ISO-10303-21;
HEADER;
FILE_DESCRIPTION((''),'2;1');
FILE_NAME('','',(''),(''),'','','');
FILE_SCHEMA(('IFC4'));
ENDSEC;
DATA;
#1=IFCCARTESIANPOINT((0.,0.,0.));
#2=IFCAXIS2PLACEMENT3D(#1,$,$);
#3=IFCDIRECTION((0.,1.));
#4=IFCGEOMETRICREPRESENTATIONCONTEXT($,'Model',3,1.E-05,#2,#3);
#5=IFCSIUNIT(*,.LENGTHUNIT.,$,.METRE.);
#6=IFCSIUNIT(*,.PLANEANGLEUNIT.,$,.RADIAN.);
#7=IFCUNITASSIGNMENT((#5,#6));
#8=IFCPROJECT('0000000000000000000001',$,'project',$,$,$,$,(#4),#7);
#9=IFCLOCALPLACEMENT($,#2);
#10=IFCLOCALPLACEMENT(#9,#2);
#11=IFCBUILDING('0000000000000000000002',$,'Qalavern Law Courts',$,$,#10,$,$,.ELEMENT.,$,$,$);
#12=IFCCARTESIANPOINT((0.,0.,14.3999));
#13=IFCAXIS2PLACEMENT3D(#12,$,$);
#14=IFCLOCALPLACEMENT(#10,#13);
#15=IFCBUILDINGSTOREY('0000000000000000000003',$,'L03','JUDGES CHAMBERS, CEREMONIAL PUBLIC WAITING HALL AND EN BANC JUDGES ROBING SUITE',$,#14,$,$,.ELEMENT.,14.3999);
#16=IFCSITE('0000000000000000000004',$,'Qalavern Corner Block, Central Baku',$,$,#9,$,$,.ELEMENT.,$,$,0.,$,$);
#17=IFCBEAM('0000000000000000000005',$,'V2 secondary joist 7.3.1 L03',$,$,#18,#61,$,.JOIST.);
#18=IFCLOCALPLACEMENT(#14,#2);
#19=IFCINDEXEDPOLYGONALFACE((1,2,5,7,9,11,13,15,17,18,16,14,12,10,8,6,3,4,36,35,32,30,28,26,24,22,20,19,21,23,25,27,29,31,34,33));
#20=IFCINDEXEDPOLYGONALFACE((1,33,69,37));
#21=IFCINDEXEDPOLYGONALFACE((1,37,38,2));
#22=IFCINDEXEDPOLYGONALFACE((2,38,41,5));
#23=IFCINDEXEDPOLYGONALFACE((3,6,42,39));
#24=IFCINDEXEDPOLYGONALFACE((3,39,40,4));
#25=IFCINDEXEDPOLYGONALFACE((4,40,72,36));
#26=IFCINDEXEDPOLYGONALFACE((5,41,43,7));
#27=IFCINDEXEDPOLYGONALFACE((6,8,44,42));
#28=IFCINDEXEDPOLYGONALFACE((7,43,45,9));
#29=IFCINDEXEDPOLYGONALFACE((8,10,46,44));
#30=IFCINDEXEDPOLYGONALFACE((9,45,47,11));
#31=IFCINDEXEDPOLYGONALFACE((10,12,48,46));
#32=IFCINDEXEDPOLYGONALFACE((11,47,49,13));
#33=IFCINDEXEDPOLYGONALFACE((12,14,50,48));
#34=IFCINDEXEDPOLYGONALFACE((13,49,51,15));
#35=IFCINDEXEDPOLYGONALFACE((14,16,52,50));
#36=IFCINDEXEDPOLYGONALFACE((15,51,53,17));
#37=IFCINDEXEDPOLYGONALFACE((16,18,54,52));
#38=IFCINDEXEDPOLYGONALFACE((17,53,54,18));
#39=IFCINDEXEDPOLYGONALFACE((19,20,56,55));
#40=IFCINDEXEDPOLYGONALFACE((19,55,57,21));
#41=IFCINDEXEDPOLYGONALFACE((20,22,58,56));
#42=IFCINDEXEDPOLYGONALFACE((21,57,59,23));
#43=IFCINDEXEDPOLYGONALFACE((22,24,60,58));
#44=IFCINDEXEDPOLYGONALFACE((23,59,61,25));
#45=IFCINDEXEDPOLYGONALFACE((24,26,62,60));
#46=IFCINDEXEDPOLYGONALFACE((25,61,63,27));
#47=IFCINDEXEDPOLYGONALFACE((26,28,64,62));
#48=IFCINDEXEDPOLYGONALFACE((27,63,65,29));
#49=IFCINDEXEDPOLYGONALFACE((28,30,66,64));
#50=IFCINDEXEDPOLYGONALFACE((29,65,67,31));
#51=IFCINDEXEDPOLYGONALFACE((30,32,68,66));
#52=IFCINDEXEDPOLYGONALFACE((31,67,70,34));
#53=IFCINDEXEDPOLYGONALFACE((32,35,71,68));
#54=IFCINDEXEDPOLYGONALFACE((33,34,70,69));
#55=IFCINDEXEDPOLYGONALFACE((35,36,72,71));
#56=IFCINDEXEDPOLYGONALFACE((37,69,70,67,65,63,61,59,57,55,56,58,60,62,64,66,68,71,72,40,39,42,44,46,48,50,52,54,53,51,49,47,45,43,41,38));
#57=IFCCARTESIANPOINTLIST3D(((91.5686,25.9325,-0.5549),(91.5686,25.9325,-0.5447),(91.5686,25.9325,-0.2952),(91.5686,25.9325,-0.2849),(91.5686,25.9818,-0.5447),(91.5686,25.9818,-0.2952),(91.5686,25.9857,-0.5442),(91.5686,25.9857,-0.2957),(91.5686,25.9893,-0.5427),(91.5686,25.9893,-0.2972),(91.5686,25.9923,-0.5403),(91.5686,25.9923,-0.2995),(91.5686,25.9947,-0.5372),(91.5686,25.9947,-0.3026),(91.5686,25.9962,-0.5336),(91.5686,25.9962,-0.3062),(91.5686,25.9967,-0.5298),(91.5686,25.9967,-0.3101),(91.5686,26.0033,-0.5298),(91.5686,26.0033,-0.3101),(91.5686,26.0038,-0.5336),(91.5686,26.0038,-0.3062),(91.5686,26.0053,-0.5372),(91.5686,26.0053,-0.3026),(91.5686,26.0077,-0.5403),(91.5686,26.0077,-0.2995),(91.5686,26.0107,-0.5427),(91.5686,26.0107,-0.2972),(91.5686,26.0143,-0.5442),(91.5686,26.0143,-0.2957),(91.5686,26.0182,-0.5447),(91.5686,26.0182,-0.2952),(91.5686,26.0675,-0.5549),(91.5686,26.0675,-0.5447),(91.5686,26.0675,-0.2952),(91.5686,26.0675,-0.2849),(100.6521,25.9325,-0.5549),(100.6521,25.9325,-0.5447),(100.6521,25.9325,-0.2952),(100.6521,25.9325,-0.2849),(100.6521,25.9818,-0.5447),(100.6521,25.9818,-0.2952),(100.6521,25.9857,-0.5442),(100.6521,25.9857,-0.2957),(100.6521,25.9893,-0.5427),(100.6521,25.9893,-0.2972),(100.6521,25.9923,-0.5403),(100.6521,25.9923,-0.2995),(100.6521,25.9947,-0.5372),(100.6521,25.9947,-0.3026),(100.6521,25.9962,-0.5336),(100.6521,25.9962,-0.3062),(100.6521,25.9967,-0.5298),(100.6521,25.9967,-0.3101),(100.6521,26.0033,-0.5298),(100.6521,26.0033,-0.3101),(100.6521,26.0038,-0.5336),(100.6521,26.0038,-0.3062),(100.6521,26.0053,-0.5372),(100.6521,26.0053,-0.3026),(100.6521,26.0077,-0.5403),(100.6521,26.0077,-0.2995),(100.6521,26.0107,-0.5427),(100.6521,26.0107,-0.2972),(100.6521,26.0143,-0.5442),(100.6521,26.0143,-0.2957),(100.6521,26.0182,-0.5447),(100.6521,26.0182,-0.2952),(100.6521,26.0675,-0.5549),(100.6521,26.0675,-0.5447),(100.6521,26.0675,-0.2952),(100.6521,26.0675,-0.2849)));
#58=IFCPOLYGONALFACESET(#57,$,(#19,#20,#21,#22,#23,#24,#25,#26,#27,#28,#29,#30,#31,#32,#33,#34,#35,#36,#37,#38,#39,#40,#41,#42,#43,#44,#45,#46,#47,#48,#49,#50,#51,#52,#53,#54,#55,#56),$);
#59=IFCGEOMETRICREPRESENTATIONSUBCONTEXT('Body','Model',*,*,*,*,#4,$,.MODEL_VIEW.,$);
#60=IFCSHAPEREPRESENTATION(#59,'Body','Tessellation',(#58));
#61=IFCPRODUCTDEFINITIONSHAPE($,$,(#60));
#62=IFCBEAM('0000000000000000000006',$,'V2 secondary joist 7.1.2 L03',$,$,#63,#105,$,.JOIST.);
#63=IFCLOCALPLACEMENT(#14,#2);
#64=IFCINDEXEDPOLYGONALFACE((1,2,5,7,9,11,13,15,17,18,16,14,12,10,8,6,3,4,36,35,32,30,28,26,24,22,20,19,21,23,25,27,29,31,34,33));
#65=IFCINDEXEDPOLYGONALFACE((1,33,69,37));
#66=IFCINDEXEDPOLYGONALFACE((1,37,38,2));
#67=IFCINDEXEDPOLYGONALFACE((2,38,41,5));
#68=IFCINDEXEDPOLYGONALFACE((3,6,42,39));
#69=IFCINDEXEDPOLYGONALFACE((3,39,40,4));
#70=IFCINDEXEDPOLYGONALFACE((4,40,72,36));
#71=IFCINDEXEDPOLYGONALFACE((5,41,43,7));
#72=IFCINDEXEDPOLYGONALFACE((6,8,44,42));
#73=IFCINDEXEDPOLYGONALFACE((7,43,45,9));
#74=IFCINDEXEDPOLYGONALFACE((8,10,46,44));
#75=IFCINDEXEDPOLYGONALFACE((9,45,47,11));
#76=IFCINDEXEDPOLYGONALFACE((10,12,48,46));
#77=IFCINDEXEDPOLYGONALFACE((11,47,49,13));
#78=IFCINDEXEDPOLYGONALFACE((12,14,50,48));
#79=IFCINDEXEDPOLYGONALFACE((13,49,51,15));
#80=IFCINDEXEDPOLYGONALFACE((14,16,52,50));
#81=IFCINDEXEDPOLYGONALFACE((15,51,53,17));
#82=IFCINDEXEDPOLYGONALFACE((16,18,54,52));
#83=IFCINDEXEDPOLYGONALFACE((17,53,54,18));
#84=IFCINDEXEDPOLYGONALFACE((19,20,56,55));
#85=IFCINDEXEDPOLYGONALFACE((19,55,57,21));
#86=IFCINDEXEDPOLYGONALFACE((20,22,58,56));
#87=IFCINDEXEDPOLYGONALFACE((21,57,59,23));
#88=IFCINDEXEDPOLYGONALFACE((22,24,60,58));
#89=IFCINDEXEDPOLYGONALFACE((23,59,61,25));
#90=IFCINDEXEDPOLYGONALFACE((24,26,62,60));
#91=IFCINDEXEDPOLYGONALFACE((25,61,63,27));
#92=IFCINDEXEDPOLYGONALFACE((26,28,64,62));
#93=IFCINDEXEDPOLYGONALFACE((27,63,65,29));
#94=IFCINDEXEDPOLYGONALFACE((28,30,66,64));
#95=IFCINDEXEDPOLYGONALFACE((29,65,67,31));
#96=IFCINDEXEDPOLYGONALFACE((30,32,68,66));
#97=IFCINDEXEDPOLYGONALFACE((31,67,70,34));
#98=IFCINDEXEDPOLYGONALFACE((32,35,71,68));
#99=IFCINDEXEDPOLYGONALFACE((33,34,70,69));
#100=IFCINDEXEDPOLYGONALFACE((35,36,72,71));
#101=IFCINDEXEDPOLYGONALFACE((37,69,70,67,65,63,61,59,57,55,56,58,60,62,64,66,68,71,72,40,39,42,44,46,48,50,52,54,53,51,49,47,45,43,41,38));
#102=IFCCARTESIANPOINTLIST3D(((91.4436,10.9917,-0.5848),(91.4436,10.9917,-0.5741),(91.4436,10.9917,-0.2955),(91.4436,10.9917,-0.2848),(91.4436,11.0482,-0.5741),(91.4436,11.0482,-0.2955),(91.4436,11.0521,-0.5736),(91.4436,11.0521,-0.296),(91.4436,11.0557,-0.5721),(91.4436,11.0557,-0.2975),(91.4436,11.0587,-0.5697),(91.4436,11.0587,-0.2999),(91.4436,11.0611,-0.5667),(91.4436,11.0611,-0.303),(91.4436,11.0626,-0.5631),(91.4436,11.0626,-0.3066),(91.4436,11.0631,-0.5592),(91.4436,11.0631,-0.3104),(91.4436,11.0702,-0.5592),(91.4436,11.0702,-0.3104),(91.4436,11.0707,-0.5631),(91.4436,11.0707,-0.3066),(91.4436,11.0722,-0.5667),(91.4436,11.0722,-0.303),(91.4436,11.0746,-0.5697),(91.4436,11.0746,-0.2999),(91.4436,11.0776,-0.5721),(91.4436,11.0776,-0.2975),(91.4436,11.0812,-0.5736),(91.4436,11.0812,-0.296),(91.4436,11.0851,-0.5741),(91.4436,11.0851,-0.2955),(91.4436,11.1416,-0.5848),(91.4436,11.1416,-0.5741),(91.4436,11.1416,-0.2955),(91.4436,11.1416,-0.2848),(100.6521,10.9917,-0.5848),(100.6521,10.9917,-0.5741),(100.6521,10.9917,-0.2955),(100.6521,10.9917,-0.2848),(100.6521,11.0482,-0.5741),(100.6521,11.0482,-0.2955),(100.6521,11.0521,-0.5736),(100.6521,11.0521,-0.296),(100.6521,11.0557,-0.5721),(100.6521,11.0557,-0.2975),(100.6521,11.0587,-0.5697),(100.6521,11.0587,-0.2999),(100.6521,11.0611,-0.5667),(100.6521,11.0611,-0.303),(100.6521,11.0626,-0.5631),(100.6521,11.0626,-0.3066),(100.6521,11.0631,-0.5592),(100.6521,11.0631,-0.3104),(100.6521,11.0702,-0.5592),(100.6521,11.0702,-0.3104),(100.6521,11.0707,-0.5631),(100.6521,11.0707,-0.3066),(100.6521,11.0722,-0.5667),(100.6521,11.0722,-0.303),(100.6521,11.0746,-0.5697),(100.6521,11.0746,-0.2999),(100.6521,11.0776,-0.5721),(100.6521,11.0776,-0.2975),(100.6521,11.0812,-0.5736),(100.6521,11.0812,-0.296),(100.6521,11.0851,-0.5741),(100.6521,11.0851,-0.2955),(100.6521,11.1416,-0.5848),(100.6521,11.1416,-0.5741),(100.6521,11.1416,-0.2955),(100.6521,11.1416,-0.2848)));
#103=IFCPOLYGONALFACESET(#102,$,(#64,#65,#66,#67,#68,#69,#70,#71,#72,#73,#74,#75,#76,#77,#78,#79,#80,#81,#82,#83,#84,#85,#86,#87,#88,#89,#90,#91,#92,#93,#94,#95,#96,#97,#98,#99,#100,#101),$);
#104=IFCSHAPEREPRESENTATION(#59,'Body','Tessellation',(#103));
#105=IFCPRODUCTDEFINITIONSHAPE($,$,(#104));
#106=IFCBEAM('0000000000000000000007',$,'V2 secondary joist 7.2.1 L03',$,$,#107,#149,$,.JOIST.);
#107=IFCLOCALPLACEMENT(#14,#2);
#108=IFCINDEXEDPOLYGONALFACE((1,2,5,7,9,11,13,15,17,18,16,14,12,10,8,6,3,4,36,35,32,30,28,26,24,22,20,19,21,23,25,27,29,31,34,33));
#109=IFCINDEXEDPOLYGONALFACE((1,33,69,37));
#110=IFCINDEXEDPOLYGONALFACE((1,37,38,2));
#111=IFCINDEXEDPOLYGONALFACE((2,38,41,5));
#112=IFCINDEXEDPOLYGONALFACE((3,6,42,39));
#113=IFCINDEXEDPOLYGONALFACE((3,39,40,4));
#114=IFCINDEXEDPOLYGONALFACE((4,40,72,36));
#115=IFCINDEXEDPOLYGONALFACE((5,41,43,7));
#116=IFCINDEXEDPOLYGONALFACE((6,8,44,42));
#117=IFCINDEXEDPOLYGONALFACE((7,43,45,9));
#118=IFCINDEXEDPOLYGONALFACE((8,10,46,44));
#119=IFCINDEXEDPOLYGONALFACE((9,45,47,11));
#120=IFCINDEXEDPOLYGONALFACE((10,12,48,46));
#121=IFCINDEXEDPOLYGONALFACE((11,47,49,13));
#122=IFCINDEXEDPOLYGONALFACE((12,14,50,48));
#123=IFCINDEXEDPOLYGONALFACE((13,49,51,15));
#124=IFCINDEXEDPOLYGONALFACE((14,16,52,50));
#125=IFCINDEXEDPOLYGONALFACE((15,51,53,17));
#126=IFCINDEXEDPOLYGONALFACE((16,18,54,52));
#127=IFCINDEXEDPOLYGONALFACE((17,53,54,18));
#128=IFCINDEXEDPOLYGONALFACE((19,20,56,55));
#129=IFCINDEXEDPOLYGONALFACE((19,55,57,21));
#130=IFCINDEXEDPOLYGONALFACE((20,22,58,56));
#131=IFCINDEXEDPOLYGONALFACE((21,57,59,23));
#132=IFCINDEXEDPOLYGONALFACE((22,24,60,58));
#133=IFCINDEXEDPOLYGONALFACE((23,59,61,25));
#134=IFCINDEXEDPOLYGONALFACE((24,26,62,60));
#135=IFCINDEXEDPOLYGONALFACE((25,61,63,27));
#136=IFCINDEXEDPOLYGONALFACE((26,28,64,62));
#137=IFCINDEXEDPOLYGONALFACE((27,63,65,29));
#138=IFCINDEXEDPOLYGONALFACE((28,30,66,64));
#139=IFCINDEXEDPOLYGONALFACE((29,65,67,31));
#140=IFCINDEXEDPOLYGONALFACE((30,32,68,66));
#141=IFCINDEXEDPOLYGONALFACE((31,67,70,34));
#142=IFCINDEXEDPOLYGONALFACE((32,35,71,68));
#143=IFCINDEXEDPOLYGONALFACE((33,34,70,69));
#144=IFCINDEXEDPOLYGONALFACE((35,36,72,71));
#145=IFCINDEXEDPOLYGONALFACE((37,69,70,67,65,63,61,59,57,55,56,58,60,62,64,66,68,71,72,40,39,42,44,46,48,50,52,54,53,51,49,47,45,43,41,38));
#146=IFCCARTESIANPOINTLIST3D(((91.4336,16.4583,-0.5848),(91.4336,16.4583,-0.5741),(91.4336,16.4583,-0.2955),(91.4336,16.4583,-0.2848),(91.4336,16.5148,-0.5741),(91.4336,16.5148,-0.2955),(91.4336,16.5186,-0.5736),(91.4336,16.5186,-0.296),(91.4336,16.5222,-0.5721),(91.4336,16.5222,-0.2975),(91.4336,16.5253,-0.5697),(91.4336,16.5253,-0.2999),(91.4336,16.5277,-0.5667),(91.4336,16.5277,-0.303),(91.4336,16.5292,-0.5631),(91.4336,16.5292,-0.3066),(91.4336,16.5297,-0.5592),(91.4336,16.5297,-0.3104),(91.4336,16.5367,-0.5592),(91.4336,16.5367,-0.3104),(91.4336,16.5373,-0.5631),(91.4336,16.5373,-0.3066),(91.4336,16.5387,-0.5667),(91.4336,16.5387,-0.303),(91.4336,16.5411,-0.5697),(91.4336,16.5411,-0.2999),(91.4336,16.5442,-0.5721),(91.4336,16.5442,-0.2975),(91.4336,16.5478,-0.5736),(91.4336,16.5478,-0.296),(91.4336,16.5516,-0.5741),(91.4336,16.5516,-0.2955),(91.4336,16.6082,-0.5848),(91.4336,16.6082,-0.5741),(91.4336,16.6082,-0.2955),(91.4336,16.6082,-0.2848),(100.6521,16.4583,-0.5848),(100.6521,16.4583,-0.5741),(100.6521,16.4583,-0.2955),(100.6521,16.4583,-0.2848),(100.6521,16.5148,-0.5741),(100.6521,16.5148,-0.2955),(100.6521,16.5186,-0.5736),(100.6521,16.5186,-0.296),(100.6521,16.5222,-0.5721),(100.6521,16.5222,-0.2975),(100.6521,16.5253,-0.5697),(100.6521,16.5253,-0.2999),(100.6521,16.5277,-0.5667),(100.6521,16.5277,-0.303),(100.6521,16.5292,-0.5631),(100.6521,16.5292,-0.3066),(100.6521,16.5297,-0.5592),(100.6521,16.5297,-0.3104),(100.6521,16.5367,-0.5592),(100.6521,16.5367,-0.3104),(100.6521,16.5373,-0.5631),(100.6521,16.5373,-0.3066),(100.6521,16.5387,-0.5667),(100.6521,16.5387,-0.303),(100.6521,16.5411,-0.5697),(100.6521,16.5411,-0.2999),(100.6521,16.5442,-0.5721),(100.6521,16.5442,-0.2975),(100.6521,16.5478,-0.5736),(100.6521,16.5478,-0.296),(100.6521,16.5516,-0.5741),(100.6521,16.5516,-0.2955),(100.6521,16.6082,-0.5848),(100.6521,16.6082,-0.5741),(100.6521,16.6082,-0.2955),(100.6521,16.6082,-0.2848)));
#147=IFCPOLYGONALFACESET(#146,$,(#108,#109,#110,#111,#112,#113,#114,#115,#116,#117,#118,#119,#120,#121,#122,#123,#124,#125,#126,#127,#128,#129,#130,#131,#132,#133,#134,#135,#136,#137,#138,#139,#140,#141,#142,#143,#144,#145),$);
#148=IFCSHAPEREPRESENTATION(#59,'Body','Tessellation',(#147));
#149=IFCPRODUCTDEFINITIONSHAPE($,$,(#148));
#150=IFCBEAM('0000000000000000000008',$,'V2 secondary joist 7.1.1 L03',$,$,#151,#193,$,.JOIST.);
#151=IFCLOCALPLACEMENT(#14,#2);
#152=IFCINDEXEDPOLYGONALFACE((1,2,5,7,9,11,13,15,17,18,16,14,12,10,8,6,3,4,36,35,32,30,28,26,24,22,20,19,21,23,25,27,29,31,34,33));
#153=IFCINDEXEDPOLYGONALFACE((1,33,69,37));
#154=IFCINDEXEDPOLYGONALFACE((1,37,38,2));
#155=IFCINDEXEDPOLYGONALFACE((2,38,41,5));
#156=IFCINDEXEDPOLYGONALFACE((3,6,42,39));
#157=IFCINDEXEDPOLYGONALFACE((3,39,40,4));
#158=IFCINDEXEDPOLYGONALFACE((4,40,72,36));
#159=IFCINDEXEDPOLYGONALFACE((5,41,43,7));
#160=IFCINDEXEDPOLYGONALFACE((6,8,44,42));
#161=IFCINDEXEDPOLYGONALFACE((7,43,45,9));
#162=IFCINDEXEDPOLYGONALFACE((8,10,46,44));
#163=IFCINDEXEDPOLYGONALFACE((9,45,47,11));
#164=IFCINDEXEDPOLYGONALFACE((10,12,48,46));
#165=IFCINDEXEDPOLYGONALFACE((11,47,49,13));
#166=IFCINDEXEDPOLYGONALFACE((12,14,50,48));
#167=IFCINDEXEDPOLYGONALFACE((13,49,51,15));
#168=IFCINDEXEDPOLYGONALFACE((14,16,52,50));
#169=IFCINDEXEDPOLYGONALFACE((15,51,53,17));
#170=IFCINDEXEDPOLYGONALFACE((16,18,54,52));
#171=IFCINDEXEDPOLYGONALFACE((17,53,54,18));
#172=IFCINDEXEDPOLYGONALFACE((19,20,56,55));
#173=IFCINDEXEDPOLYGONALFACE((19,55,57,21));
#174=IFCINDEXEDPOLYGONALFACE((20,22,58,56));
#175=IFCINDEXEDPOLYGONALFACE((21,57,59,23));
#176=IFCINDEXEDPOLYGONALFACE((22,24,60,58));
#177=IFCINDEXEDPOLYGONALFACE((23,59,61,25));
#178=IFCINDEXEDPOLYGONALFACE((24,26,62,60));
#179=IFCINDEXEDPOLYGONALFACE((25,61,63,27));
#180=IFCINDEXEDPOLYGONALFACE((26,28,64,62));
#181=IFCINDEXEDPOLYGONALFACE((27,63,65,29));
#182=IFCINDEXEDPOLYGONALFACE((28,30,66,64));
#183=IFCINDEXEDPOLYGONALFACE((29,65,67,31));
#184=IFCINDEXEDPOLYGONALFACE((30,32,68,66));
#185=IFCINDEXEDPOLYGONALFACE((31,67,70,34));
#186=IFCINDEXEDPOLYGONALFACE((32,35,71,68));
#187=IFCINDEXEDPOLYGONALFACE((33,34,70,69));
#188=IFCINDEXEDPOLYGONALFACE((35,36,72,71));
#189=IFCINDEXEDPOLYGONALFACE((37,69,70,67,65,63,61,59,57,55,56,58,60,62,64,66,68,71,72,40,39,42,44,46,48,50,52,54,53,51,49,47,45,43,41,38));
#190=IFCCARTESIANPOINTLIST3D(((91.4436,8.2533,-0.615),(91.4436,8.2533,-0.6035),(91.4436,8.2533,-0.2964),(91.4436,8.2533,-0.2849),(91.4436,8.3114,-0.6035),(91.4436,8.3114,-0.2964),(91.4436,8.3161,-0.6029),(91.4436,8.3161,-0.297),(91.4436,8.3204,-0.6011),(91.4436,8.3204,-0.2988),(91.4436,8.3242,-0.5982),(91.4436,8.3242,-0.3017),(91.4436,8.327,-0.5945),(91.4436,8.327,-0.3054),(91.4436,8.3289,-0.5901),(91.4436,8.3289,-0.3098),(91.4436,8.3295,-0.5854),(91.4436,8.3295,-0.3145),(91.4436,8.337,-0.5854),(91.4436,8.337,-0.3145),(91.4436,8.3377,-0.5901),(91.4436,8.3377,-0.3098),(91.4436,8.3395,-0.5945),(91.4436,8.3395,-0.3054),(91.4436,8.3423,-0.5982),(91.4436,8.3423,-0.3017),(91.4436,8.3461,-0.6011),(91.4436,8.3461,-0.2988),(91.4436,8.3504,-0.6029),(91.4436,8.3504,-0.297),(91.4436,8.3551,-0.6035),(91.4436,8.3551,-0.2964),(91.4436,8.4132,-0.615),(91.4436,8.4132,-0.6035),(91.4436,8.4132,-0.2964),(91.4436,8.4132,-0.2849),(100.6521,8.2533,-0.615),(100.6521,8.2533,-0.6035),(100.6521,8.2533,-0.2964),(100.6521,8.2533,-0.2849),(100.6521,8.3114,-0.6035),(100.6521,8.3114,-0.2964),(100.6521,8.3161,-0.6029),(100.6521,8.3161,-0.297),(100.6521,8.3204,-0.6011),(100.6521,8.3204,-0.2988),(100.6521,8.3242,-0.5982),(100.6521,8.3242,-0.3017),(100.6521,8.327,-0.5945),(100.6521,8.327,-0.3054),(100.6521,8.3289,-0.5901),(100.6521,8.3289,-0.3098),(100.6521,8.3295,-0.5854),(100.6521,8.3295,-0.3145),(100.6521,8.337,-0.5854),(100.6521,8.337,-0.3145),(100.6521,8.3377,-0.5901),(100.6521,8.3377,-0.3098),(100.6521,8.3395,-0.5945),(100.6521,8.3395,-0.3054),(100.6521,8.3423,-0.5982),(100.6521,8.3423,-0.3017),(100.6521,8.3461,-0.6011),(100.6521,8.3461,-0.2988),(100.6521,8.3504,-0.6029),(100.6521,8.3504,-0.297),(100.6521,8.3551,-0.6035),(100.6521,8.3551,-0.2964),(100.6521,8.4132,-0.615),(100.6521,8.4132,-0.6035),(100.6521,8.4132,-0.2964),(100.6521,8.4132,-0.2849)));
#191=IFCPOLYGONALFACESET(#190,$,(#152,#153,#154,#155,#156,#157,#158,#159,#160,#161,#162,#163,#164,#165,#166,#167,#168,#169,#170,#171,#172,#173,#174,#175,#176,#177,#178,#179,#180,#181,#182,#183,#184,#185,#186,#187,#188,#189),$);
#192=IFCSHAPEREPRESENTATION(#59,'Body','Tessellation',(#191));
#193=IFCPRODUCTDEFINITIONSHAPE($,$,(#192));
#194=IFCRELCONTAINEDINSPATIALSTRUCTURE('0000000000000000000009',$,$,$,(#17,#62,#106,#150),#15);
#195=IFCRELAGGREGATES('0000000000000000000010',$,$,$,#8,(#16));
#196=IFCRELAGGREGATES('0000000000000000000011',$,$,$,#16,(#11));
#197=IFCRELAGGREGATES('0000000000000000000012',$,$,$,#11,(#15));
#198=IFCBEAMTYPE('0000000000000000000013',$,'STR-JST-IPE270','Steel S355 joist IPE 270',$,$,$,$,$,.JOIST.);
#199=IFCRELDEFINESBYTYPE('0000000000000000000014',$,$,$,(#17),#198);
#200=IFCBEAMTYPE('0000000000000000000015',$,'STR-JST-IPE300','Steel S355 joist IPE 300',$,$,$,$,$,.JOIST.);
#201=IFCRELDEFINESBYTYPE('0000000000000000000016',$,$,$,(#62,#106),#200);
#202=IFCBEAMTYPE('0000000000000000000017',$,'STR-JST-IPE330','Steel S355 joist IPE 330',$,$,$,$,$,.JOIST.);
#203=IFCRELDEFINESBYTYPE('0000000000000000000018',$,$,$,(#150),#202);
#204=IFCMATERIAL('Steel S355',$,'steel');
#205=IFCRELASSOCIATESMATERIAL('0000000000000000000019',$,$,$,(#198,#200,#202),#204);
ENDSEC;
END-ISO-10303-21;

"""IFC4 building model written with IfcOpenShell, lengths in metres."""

from ifc_helpers import new_model, si_unit, direction, frame, origin, origin_2d, place, context, subcontext, project, spatial, i_section, extrude, material, material_profile, profile_set, type_object, element, save


model = new_model("IFC4")

# Units and contexts
model_context = context("Model", 3, precision=1e-05, world=origin(), true_north=direction((0.0, 1.0)))
body_context = subcontext(model_context, "Body", "Model", "MODEL_VIEW")
ifc_project = project(units=[si_unit("LENGTHUNIT", "METRE"), si_unit("PLANEANGLEUNIT", "RADIAN")], contexts=[model_context])

# Site, building, storey
site_placement = place(None, origin())
site = spatial("IfcSite", under=ifc_project, at=site_placement, Name="Qalavern Corner Block, Central Baku", CompositionType="ELEMENT", RefElevation=0.0)
building_placement = place(site_placement, origin())
building = spatial("IfcBuilding", under=site, at=building_placement, Name="Qalavern Law Courts", CompositionType="ELEMENT")
storey_placement = place(building_placement, frame((0.0, 0.0, 14.3999)))
storey = spatial("IfcBuildingStorey", under=building, at=storey_placement, Name="L03", Description="JUDGES CHAMBERS, CEREMONIAL PUBLIC WAITING HALL AND EN BANC JUDGES ROBING SUITE", CompositionType="ELEMENT", Elevation=14.3999)

# Beams
ifc_material_1 = material(Name="Steel S355", Category="steel")
ifc_material_profile_1 = material_profile(ifc_material_1, i_section(OverallWidth=0.135, OverallDepth=0.27, WebThickness=0.0066, FlangeThickness=0.0103, FilletRadius=0.0149, at=origin_2d()), Name="IPE 270")
ifc_profile_set_1 = profile_set([ifc_material_profile_1], Name="Steel S355")
beam_type_1 = type_object("IfcBeamType", Name="STR-JST-IPE270", Description="Steel S355 joist IPE 270", PredefinedType="JOIST", material=ifc_profile_set_1)
beam_1_placement = place(storey_placement, frame((91.5686, 26.0, -0.4199), z_axis=(1.0, 0.0, 0.0), x_axis=(0.0, 1.0, 0.0)))
element("IfcBeam", 1, at=beam_1_placement, inside=storey, type_object=beam_type_1, Name="V2 secondary joist 7.3.1 L03", PredefinedType="JOIST", context=body_context, shape_type="SweptSolid", body=[
    extrude(i_section(OverallWidth=0.135, OverallDepth=0.27, WebThickness=0.0066, FlangeThickness=0.0103, FilletRadius=0.0149, at=origin_2d()), origin(), (0.0, 0.0, 1.0), 9.0835),
])
ifc_material_profile_2 = material_profile(ifc_material_1, i_section(OverallWidth=0.1499, OverallDepth=0.3, WebThickness=0.0071, FlangeThickness=0.0107, FilletRadius=0.0149, at=origin_2d()), Name="IPE 300")
ifc_profile_set_2 = profile_set([ifc_material_profile_2], Name="Steel S355")
beam_type_2 = type_object("IfcBeamType", Name="STR-JST-IPE300", Description="Steel S355 joist IPE 300", PredefinedType="JOIST", material=ifc_profile_set_2)
beam_2_placement = place(storey_placement, frame((91.4436, 11.0667, -0.4348), z_axis=(1.0, 0.0, 0.0), x_axis=(0.0, 1.0, 0.0)))
element("IfcBeam", 2, at=beam_2_placement, inside=storey, type_object=beam_type_2, Name="V2 secondary joist 7.1.2 L03", PredefinedType="JOIST", context=body_context, shape_type="SweptSolid", body=[
    extrude(i_section(OverallWidth=0.1499, OverallDepth=0.3, WebThickness=0.0071, FlangeThickness=0.0107, FilletRadius=0.0149, at=origin_2d()), origin(), (0.0, 0.0, 1.0), 9.2085),
])
beam_3_placement = place(storey_placement, frame((91.4336, 16.5332, -0.4348), z_axis=(1.0, 0.0, 0.0), x_axis=(0.0, 1.0, 0.0)))
element("IfcBeam", 3, at=beam_3_placement, inside=storey, type_object=beam_type_2, Name="V2 secondary joist 7.2.1 L03", PredefinedType="JOIST", context=body_context, shape_type="SweptSolid", body=[
    extrude(i_section(OverallWidth=0.1499, OverallDepth=0.3, WebThickness=0.0071, FlangeThickness=0.0107, FilletRadius=0.0149, at=origin_2d()), origin(), (0.0, 0.0, 1.0), 9.2185),
])
ifc_material_profile_3 = material_profile(ifc_material_1, i_section(OverallWidth=0.1599, OverallDepth=0.3301, WebThickness=0.0076, FlangeThickness=0.0115, FilletRadius=0.0181, at=origin_2d()), Name="IPE 330")
ifc_profile_set_3 = profile_set([ifc_material_profile_3], Name="Steel S355")
beam_type_3 = type_object("IfcBeamType", Name="STR-JST-IPE330", Description="Steel S355 joist IPE 330", PredefinedType="JOIST", material=ifc_profile_set_3)
beam_4_placement = place(storey_placement, frame((91.4436, 8.3333, -0.45), z_axis=(1.0, 0.0, 0.0), x_axis=(0.0, 1.0, 0.0)))
element("IfcBeam", 4, at=beam_4_placement, inside=storey, type_object=beam_type_3, Name="V2 secondary joist 7.1.1 L03", PredefinedType="JOIST", context=body_context, shape_type="SweptSolid", body=[
    extrude(i_section(OverallWidth=0.1599, OverallDepth=0.3301, WebThickness=0.0076, FlangeThickness=0.0115, FilletRadius=0.0181, at=origin_2d()), origin(), (0.0, 0.0, 1.0), 9.2085),
])

save(model, "model.ifc")
